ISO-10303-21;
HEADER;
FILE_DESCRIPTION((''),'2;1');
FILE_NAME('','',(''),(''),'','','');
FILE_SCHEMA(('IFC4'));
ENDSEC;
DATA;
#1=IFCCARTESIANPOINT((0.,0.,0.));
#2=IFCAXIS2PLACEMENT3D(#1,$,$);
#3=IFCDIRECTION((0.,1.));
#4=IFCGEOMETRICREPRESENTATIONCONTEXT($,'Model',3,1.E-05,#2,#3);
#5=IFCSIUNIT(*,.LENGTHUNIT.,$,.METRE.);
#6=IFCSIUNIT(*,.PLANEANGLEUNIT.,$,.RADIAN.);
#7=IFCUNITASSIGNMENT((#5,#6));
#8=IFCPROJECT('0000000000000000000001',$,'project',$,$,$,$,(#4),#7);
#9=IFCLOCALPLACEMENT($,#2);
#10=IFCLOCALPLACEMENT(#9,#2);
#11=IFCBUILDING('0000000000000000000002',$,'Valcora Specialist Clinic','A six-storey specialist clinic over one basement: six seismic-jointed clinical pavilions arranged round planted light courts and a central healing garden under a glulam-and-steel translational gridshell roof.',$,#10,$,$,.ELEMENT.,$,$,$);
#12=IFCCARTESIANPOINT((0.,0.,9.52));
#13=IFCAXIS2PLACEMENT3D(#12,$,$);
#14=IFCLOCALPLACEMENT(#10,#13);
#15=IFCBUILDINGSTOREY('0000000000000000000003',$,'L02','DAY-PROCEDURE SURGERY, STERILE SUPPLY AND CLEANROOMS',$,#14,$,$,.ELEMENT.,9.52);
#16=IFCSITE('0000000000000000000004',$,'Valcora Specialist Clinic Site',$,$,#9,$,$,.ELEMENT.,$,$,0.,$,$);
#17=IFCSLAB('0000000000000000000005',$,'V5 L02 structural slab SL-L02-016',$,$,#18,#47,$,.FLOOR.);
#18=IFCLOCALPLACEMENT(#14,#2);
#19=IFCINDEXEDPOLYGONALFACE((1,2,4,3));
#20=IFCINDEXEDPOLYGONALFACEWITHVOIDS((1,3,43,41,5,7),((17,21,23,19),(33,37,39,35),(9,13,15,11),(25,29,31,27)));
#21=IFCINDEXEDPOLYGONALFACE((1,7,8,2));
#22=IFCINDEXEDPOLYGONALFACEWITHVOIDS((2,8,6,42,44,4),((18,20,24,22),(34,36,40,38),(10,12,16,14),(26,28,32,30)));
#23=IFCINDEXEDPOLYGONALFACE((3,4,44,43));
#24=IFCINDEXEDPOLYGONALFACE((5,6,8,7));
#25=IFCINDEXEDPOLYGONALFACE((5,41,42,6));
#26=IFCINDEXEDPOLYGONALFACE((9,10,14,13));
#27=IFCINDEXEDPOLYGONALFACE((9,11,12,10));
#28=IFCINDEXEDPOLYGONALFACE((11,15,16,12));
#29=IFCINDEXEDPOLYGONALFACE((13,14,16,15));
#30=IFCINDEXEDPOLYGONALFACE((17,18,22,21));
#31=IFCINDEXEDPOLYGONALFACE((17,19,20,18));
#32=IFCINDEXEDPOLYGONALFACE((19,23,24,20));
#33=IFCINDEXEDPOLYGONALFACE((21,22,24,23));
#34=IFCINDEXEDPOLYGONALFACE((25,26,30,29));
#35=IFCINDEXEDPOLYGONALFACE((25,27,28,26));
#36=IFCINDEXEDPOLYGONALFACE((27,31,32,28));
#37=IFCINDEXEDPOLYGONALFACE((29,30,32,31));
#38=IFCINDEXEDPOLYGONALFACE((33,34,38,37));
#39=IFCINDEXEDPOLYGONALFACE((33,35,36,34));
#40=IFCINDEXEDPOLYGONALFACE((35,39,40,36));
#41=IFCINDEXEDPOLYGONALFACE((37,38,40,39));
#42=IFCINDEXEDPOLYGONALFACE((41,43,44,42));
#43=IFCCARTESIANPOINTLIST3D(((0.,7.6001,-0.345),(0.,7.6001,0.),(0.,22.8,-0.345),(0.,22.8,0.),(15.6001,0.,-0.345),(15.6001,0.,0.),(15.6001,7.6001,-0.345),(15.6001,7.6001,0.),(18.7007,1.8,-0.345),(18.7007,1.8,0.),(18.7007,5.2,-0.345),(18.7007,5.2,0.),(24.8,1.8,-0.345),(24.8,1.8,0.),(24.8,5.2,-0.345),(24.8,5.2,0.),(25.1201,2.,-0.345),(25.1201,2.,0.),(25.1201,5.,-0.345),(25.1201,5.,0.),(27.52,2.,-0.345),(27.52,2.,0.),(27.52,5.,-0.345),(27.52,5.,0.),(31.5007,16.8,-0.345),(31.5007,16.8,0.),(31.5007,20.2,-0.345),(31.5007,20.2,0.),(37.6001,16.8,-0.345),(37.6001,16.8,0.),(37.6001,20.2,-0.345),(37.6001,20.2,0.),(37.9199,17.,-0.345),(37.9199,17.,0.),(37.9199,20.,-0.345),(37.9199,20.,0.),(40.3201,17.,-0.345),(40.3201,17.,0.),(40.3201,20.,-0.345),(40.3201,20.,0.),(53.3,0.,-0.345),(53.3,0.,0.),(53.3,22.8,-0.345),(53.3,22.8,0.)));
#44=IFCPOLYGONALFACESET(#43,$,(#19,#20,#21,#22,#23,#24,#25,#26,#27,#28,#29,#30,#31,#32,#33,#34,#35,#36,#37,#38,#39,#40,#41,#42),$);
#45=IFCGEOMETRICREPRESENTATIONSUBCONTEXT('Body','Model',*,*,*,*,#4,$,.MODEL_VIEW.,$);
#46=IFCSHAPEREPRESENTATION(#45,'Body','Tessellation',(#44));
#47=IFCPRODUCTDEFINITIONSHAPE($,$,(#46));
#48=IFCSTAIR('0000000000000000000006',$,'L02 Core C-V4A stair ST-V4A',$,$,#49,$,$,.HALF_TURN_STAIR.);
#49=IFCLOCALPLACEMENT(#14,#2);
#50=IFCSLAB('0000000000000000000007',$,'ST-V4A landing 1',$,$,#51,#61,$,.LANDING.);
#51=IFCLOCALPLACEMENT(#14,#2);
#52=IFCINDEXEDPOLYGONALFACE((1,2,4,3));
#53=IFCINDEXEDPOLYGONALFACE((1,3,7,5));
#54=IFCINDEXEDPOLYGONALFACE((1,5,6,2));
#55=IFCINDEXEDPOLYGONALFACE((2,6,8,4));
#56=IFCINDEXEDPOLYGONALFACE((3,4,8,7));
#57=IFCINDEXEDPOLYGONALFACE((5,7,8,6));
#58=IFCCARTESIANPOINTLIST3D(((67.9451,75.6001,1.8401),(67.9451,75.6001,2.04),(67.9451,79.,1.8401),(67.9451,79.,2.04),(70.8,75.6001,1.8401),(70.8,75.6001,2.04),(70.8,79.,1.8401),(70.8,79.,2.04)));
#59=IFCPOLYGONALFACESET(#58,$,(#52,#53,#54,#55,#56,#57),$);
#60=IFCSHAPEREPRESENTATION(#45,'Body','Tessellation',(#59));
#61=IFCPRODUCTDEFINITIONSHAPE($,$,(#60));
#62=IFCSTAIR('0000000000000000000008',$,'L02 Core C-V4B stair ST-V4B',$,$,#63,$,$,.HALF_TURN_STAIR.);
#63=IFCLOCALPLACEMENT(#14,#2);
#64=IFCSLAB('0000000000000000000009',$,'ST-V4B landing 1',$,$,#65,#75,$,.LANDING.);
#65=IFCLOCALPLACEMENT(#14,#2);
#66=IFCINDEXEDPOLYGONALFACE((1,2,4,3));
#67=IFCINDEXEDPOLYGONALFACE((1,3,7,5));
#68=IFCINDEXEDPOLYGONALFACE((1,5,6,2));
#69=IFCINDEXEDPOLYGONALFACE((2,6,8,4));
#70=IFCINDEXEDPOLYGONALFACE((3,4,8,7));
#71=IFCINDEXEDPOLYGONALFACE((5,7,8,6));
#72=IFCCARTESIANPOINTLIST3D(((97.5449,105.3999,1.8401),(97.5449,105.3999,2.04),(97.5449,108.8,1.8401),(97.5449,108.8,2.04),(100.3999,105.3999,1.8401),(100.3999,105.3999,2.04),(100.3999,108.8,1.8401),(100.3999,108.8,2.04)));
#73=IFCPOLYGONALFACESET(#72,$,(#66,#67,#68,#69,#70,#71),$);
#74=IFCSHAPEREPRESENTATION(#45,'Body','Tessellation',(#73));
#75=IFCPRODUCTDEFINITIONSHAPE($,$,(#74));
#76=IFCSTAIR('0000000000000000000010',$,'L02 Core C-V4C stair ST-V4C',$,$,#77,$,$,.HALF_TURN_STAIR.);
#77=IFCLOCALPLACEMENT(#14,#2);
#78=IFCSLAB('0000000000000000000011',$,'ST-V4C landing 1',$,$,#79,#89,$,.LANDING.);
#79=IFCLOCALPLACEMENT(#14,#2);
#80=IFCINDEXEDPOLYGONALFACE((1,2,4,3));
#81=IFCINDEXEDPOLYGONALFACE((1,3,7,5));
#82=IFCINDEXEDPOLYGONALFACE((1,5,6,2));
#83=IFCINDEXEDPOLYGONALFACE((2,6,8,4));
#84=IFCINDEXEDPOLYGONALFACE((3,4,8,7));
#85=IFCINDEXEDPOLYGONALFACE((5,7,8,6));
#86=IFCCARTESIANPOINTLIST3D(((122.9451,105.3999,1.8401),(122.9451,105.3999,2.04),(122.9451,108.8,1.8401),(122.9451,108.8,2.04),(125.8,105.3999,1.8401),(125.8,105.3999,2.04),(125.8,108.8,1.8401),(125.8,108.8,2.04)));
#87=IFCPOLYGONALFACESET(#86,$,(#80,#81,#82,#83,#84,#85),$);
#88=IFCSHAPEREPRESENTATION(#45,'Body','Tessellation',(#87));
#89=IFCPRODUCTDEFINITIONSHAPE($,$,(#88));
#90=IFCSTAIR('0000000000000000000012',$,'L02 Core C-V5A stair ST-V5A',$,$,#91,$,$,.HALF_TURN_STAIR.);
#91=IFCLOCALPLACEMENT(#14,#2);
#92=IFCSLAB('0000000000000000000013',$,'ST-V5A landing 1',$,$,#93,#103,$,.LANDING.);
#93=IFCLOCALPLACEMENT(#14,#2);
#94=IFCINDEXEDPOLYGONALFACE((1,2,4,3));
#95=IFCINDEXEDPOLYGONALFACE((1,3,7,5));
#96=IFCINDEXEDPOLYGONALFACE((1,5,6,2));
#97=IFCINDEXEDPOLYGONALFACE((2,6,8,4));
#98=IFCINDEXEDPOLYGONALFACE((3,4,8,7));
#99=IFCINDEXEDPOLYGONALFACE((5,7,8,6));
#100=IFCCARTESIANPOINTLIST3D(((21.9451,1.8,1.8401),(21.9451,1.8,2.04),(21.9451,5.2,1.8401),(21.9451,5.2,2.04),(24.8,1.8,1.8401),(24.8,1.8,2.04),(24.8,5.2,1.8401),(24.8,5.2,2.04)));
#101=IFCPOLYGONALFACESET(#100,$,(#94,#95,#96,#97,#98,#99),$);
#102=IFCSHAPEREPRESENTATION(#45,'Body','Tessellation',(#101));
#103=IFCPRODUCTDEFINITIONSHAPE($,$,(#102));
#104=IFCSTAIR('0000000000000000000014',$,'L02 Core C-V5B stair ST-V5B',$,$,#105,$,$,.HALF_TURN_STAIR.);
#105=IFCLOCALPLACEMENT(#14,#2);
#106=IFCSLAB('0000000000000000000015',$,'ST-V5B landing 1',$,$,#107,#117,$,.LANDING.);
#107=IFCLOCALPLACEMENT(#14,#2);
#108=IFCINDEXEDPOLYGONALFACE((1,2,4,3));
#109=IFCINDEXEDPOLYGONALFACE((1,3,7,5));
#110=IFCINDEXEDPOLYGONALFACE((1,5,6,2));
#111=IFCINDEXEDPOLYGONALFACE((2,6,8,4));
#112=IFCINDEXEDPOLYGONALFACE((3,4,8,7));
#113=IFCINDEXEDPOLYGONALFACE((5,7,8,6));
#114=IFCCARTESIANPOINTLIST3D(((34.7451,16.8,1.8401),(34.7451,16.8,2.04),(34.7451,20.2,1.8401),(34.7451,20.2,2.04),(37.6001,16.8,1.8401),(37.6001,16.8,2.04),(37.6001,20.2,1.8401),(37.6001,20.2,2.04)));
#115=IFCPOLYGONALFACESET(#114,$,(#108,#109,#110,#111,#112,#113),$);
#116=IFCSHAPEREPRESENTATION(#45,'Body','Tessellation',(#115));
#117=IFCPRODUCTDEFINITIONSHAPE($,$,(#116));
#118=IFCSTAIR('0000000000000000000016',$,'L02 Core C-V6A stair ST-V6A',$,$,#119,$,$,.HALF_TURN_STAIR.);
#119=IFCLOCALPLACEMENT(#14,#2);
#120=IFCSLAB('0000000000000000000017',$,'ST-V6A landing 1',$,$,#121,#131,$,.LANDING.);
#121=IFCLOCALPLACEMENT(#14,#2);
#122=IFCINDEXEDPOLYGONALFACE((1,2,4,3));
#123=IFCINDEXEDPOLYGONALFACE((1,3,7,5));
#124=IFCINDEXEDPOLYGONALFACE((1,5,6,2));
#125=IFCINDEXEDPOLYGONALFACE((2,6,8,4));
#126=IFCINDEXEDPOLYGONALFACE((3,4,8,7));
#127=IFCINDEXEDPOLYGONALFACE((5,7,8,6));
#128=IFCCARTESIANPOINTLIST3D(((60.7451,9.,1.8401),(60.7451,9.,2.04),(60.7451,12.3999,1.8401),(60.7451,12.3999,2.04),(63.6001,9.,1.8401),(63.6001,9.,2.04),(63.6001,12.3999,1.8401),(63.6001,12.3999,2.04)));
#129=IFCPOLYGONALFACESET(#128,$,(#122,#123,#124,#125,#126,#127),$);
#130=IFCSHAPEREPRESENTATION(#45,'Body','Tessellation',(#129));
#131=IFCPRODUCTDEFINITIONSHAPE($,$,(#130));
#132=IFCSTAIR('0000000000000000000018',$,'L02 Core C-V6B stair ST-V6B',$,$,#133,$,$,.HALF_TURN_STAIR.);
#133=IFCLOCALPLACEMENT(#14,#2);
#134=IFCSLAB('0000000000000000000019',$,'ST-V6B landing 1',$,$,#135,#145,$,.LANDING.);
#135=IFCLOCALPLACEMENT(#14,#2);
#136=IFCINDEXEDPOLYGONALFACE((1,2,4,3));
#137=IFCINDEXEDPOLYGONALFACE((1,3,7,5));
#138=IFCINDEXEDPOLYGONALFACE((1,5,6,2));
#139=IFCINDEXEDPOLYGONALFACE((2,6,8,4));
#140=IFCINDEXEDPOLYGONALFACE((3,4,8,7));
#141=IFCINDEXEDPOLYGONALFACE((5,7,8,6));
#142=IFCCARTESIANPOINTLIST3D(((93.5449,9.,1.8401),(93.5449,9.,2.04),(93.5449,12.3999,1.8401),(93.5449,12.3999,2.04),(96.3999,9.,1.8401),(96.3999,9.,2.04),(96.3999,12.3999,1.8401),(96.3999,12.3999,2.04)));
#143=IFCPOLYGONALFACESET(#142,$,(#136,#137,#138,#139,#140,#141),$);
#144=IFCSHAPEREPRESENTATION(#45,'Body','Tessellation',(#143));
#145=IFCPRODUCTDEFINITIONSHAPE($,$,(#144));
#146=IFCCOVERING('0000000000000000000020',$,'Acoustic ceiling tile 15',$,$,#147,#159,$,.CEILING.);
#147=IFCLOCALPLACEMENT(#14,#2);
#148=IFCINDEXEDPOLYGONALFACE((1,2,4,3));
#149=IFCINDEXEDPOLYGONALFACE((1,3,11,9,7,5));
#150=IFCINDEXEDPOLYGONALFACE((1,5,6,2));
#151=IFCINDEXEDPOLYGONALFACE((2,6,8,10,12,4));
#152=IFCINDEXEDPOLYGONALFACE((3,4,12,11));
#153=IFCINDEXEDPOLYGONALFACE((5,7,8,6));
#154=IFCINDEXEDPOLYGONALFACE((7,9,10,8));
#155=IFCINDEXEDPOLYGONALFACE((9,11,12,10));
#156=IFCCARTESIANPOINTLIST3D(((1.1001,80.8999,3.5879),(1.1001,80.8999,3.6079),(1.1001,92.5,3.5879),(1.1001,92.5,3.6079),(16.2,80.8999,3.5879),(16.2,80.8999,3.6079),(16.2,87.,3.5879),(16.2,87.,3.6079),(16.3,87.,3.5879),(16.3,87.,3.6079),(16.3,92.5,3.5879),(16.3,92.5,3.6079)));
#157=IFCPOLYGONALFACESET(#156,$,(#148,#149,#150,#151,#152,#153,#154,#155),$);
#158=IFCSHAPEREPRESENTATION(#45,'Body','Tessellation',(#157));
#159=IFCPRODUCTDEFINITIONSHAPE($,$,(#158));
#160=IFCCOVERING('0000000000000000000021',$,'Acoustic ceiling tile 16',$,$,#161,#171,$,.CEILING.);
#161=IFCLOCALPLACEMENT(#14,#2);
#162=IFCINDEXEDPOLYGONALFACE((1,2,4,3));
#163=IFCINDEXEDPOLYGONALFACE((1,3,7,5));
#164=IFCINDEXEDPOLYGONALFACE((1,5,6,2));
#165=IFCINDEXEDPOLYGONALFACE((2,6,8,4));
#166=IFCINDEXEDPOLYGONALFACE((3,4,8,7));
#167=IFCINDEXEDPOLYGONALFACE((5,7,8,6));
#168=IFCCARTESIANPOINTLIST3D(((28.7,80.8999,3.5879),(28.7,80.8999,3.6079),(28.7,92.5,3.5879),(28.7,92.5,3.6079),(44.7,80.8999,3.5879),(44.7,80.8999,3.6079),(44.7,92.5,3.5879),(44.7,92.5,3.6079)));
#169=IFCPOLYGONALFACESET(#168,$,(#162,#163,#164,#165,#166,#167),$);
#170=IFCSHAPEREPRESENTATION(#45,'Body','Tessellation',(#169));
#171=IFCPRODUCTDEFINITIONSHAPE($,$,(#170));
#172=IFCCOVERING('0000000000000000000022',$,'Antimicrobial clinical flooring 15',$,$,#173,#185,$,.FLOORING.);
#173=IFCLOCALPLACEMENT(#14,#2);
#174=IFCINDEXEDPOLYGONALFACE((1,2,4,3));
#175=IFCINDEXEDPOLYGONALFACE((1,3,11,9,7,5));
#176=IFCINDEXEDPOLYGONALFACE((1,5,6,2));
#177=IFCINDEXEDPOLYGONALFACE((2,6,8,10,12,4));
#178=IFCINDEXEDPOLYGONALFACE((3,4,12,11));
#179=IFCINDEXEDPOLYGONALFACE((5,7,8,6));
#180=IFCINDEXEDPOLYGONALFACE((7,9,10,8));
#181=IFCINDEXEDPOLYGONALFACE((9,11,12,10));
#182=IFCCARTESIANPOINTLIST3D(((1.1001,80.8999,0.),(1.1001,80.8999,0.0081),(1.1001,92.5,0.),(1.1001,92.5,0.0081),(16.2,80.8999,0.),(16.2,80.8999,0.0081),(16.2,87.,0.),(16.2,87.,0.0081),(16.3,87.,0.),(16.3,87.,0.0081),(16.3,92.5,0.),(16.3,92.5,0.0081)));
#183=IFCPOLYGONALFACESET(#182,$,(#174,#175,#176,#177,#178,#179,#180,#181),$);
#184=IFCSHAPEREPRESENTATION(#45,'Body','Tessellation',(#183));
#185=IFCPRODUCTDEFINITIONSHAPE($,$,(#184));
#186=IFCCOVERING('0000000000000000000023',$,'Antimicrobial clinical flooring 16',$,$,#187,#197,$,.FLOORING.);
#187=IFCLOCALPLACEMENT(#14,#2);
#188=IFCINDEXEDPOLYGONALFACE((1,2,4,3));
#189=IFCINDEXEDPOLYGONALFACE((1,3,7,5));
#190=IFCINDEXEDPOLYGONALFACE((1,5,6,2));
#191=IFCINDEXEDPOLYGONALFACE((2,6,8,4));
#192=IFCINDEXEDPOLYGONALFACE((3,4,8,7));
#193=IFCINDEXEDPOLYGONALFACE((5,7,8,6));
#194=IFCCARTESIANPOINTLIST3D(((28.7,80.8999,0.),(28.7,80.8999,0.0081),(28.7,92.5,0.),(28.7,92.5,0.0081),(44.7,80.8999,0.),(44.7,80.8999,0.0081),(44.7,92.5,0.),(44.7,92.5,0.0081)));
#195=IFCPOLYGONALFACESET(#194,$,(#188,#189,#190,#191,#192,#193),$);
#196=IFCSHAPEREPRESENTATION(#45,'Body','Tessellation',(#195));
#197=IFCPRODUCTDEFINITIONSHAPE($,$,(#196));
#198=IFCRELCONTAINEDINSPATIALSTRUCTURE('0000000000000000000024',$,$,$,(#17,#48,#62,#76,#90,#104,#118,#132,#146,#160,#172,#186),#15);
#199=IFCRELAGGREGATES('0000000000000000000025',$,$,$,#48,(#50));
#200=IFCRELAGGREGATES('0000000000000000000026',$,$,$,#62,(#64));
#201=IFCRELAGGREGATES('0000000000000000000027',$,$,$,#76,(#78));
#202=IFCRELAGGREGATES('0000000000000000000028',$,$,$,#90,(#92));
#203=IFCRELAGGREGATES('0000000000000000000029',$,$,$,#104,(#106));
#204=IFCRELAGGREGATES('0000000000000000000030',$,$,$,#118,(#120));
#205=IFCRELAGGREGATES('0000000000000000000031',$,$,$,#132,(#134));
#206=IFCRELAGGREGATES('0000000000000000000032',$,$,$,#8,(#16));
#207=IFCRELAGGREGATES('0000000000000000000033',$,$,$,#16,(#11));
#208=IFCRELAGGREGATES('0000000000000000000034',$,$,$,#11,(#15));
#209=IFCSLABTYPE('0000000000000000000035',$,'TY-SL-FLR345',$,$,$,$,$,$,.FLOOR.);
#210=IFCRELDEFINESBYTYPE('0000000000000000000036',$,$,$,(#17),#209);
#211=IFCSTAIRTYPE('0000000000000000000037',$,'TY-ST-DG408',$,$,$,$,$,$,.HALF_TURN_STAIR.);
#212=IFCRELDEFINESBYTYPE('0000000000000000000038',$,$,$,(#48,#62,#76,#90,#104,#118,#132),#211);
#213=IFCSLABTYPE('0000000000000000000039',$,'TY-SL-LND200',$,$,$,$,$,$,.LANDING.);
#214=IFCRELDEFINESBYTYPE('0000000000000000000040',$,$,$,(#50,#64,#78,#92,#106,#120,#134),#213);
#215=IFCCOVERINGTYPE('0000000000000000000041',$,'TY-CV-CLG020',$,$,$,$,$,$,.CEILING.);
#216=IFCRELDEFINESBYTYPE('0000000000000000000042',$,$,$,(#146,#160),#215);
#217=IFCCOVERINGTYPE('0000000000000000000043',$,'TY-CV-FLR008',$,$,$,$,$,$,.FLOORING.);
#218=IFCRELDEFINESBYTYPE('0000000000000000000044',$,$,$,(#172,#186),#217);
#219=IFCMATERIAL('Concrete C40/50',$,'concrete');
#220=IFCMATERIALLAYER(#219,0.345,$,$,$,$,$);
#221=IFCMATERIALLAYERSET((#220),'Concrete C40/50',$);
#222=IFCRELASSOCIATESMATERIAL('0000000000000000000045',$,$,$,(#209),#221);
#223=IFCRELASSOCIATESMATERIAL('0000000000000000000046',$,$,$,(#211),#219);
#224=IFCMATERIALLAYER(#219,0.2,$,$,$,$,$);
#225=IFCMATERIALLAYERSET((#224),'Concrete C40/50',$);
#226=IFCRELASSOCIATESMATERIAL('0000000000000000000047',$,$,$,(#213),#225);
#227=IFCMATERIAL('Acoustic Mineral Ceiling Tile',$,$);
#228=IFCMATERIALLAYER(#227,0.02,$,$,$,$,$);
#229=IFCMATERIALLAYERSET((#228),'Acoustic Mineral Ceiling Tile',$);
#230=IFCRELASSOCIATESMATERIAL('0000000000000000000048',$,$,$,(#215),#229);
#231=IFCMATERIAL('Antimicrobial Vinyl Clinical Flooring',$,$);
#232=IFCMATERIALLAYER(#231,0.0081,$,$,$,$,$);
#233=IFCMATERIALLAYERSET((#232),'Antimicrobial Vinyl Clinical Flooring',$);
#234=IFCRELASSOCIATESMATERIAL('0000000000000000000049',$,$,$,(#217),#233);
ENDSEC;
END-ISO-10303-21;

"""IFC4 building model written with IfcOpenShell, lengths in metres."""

from ifc_helpers import new_model, si_unit, direction, frame, origin, place, context, subcontext, project, spatial, polyline, outline, extrude, material, layer, layer_set, type_object, element, aggregate, save


model = new_model("IFC4")

# Units and contexts
model_context = context("Model", 3, precision=1e-05, world=origin(), true_north=direction((0.0, 1.0)))
body_context = subcontext(model_context, "Body", "Model", "MODEL_VIEW")
ifc_project = project(units=[si_unit("LENGTHUNIT", "METRE"), si_unit("PLANEANGLEUNIT", "RADIAN")], contexts=[model_context])

# Site, building, storey
site_placement = place(None, origin())
site = spatial("IfcSite", under=ifc_project, at=site_placement, Name="Valcora Specialist Clinic Site", CompositionType="ELEMENT", RefElevation=0.0)
building_placement = place(site_placement, origin())
building = spatial("IfcBuilding", under=site, at=building_placement, Name="Valcora Specialist Clinic", Description="A six-storey specialist clinic over one basement: six seismic-jointed clinical pavilions arranged round planted light courts and a central healing garden under a glulam-and-steel translational gridshell roof.", CompositionType="ELEMENT")
storey_placement = place(building_placement, frame((0.0, 0.0, 9.52)))
storey = spatial("IfcBuildingStorey", under=building, at=storey_placement, Name="L02", Description="DAY-PROCEDURE SURGERY, STERILE SUPPLY AND CLEANROOMS", CompositionType="ELEMENT", Elevation=9.52)

# Slab
ifc_material_1 = material(Name="Concrete C40/50", Category="concrete")
ifc_layer_1 = layer(ifc_material_1, 0.345)
ifc_layer_set_1 = layer_set([ifc_layer_1], Name="Concrete C40/50")
slab_type_1 = type_object("IfcSlabType", Name="TY-SL-FLR345", PredefinedType="FLOOR", material=ifc_layer_set_1)
slab_1_placement = place(storey_placement, frame((0.0, 0.0, -0.345)))
element("IfcSlab", 1, at=slab_1_placement, inside=storey, type_object=slab_type_1, Name="V5 L02 structural slab SL-L02-016", PredefinedType="FLOOR", context=body_context, shape_type="SweptSolid", body=[
    extrude(outline(polyline([(15.6001, 0.0), (53.3, 0.0), (53.3, 22.8), (0.0, 22.8), (0.0, 7.6001), (15.6001, 7.6001), (15.6001, 0.0)]), holes=[polyline([(18.7007, 1.8), (24.8, 1.8), (24.8, 5.2), (18.7007, 5.2), (18.7007, 1.8)]), polyline([(25.1201, 2.0), (27.52, 2.0), (27.52, 5.0), (25.1201, 5.0), (25.1201, 2.0)]), polyline([(31.5007, 16.8), (37.6001, 16.8), (37.6001, 20.2), (31.5007, 20.2), (31.5007, 16.8)]), polyline([(37.9199, 17.0), (40.3201, 17.0), (40.3201, 20.0), (37.9199, 20.0), (37.9199, 17.0)])]), origin(), (0.0, 0.0, 1.0), 0.345),
])

# Stairs, slabs
stair_type = type_object("IfcStairType", Name="TY-ST-DG408", PredefinedType="HALF_TURN_STAIR", material=ifc_material_1)
stair_1_placement = place(storey_placement, origin())
stair_1 = element("IfcStair", 2, at=stair_1_placement, inside=storey, type_object=stair_type, Name="L02 Core C-V4A stair ST-V4A", PredefinedType="HALF_TURN_STAIR")
ifc_layer_2 = layer(ifc_material_1, 0.2)
ifc_layer_set_2 = layer_set([ifc_layer_2], Name="Concrete C40/50")
slab_type_2 = type_object("IfcSlabType", Name="TY-SL-LND200", PredefinedType="LANDING", material=ifc_layer_set_2)
slab_2_placement = place(storey_placement, frame((0.0, 0.0, 1.8401)))
slab_2 = element("IfcSlab", 3, at=slab_2_placement, type_object=slab_type_2, Name="ST-V4A landing 1", PredefinedType="LANDING", context=body_context, shape_type="SweptSolid", body=[
    extrude(outline(polyline([(67.9451, 75.6001), (70.8, 75.6001), (70.8, 79.0), (67.9451, 79.0), (67.9451, 75.6001)])), origin(), (0.0, 0.0, 1.0), 0.2),
])
aggregate(stair_1, [slab_2])
stair_2_placement = place(storey_placement, origin())
stair_2 = element("IfcStair", 4, at=stair_2_placement, inside=storey, type_object=stair_type, Name="L02 Core C-V4B stair ST-V4B", PredefinedType="HALF_TURN_STAIR")
slab_3_placement = place(storey_placement, frame((0.0, 0.0, 1.8401)))
slab_3 = element("IfcSlab", 5, at=slab_3_placement, type_object=slab_type_2, Name="ST-V4B landing 1", PredefinedType="LANDING", context=body_context, shape_type="SweptSolid", body=[
    extrude(outline(polyline([(97.5449, 105.3999), (100.3999, 105.3999), (100.3999, 108.8), (97.5449, 108.8), (97.5449, 105.3999)])), origin(), (0.0, 0.0, 1.0), 0.2),
])
aggregate(stair_2, [slab_3])
stair_3_placement = place(storey_placement, origin())
stair_3 = element("IfcStair", 6, at=stair_3_placement, inside=storey, type_object=stair_type, Name="L02 Core C-V4C stair ST-V4C", PredefinedType="HALF_TURN_STAIR")
slab_4_placement = place(storey_placement, frame((0.0, 0.0, 1.8401)))
slab_4 = element("IfcSlab", 7, at=slab_4_placement, type_object=slab_type_2, Name="ST-V4C landing 1", PredefinedType="LANDING", context=body_context, shape_type="SweptSolid", body=[
    extrude(outline(polyline([(122.9451, 105.3999), (125.8, 105.3999), (125.8, 108.8), (122.9451, 108.8), (122.9451, 105.3999)])), origin(), (0.0, 0.0, 1.0), 0.2),
])
aggregate(stair_3, [slab_4])
stair_4_placement = place(storey_placement, origin())
stair_4 = element("IfcStair", 8, at=stair_4_placement, inside=storey, type_object=stair_type, Name="L02 Core C-V5A stair ST-V5A", PredefinedType="HALF_TURN_STAIR")
slab_5_placement = place(storey_placement, frame((0.0, 0.0, 1.8401)))
slab_5 = element("IfcSlab", 9, at=slab_5_placement, type_object=slab_type_2, Name="ST-V5A landing 1", PredefinedType="LANDING", context=body_context, shape_type="SweptSolid", body=[
    extrude(outline(polyline([(21.9451, 1.8), (24.8, 1.8), (24.8, 5.2), (21.9451, 5.2), (21.9451, 1.8)])), origin(), (0.0, 0.0, 1.0), 0.2),
])
aggregate(stair_4, [slab_5])
stair_5_placement = place(storey_placement, origin())
stair_5 = element("IfcStair", 10, at=stair_5_placement, inside=storey, type_object=stair_type, Name="L02 Core C-V5B stair ST-V5B", PredefinedType="HALF_TURN_STAIR")
slab_6_placement = place(storey_placement, frame((0.0, 0.0, 1.8401)))
slab_6 = element("IfcSlab", 11, at=slab_6_placement, type_object=slab_type_2, Name="ST-V5B landing 1", PredefinedType="LANDING", context=body_context, shape_type="SweptSolid", body=[
    extrude(outline(polyline([(34.7451, 16.8), (37.6001, 16.8), (37.6001, 20.2), (34.7451, 20.2), (34.7451, 16.8)])), origin(), (0.0, 0.0, 1.0), 0.2),
])
aggregate(stair_5, [slab_6])
stair_6_placement = place(storey_placement, origin())
stair_6 = element("IfcStair", 12, at=stair_6_placement, inside=storey, type_object=stair_type, Name="L02 Core C-V6A stair ST-V6A", PredefinedType="HALF_TURN_STAIR")
slab_7_placement = place(storey_placement, frame((0.0, 0.0, 1.8401)))
slab_7 = element("IfcSlab", 13, at=slab_7_placement, type_object=slab_type_2, Name="ST-V6A landing 1", PredefinedType="LANDING", context=body_context, shape_type="SweptSolid", body=[
    extrude(outline(polyline([(60.7451, 9.0), (63.6001, 9.0), (63.6001, 12.3999), (60.7451, 12.3999), (60.7451, 9.0)])), origin(), (0.0, 0.0, 1.0), 0.2),
])
aggregate(stair_6, [slab_7])
stair_7_placement = place(storey_placement, origin())
stair_7 = element("IfcStair", 14, at=stair_7_placement, inside=storey, type_object=stair_type, Name="L02 Core C-V6B stair ST-V6B", PredefinedType="HALF_TURN_STAIR")
slab_8_placement = place(storey_placement, frame((0.0, 0.0, 1.8401)))
slab_8 = element("IfcSlab", 15, at=slab_8_placement, type_object=slab_type_2, Name="ST-V6B landing 1", PredefinedType="LANDING", context=body_context, shape_type="SweptSolid", body=[
    extrude(outline(polyline([(93.5449, 9.0), (96.3999, 9.0), (96.3999, 12.3999), (93.5449, 12.3999), (93.5449, 9.0)])), origin(), (0.0, 0.0, 1.0), 0.2),
])
aggregate(stair_7, [slab_8])

# Coverings
ifc_material_2 = material(Name="Acoustic Mineral Ceiling Tile")
ifc_layer_3 = layer(ifc_material_2, 0.02)
ifc_layer_set_3 = layer_set([ifc_layer_3], Name="Acoustic Mineral Ceiling Tile")
covering_type_1 = type_object("IfcCoveringType", Name="TY-CV-CLG020", PredefinedType="CEILING", material=ifc_layer_set_3)
covering_1_placement = place(storey_placement, frame((0.0, 0.0, 3.5879)))
element("IfcCovering", 16, at=covering_1_placement, inside=storey, type_object=covering_type_1, Name="Acoustic ceiling tile 15", PredefinedType="CEILING", context=body_context, shape_type="SweptSolid", body=[
    extrude(outline(polyline([(1.1001, 92.5), (16.3, 92.5), (16.3, 87.0), (16.2, 87.0), (16.2, 80.8999), (1.1001, 80.8999), (1.1001, 92.5)])), origin(), (0.0, 0.0, 1.0), 0.02),
])
covering_2_placement = place(storey_placement, frame((0.0, 0.0, 3.5879)))
element("IfcCovering", 17, at=covering_2_placement, inside=storey, type_object=covering_type_1, Name="Acoustic ceiling tile 16", PredefinedType="CEILING", context=body_context, shape_type="SweptSolid", body=[
    extrude(outline(polyline([(44.7, 92.5), (44.7, 80.8999), (28.7, 80.8999), (28.7, 92.5), (44.7, 92.5)])), origin(), (0.0, 0.0, 1.0), 0.02),
])
ifc_material_3 = material(Name="Antimicrobial Vinyl Clinical Flooring")
ifc_layer_4 = layer(ifc_material_3, 0.0081)
ifc_layer_set_4 = layer_set([ifc_layer_4], Name="Antimicrobial Vinyl Clinical Flooring")
covering_type_2 = type_object("IfcCoveringType", Name="TY-CV-FLR008", PredefinedType="FLOORING", material=ifc_layer_set_4)
covering_3_placement = place(storey_placement, origin())
element("IfcCovering", 18, at=covering_3_placement, inside=storey, type_object=covering_type_2, Name="Antimicrobial clinical flooring 15", PredefinedType="FLOORING", context=body_context, shape_type="SweptSolid", body=[
    extrude(outline(polyline([(1.1001, 92.5), (16.3, 92.5), (16.3, 87.0), (16.2, 87.0), (16.2, 80.8999), (1.1001, 80.8999), (1.1001, 92.5)])), origin(), (0.0, 0.0, 1.0), 0.0081),
])
covering_4_placement = place(storey_placement, origin())
element("IfcCovering", 19, at=covering_4_placement, inside=storey, type_object=covering_type_2, Name="Antimicrobial clinical flooring 16", PredefinedType="FLOORING", context=body_context, shape_type="SweptSolid", body=[
    extrude(outline(polyline([(44.7, 92.5), (44.7, 80.8999), (28.7, 80.8999), (28.7, 92.5), (44.7, 92.5)])), origin(), (0.0, 0.0, 1.0), 0.0081),
])

save(model, "model.ifc")
